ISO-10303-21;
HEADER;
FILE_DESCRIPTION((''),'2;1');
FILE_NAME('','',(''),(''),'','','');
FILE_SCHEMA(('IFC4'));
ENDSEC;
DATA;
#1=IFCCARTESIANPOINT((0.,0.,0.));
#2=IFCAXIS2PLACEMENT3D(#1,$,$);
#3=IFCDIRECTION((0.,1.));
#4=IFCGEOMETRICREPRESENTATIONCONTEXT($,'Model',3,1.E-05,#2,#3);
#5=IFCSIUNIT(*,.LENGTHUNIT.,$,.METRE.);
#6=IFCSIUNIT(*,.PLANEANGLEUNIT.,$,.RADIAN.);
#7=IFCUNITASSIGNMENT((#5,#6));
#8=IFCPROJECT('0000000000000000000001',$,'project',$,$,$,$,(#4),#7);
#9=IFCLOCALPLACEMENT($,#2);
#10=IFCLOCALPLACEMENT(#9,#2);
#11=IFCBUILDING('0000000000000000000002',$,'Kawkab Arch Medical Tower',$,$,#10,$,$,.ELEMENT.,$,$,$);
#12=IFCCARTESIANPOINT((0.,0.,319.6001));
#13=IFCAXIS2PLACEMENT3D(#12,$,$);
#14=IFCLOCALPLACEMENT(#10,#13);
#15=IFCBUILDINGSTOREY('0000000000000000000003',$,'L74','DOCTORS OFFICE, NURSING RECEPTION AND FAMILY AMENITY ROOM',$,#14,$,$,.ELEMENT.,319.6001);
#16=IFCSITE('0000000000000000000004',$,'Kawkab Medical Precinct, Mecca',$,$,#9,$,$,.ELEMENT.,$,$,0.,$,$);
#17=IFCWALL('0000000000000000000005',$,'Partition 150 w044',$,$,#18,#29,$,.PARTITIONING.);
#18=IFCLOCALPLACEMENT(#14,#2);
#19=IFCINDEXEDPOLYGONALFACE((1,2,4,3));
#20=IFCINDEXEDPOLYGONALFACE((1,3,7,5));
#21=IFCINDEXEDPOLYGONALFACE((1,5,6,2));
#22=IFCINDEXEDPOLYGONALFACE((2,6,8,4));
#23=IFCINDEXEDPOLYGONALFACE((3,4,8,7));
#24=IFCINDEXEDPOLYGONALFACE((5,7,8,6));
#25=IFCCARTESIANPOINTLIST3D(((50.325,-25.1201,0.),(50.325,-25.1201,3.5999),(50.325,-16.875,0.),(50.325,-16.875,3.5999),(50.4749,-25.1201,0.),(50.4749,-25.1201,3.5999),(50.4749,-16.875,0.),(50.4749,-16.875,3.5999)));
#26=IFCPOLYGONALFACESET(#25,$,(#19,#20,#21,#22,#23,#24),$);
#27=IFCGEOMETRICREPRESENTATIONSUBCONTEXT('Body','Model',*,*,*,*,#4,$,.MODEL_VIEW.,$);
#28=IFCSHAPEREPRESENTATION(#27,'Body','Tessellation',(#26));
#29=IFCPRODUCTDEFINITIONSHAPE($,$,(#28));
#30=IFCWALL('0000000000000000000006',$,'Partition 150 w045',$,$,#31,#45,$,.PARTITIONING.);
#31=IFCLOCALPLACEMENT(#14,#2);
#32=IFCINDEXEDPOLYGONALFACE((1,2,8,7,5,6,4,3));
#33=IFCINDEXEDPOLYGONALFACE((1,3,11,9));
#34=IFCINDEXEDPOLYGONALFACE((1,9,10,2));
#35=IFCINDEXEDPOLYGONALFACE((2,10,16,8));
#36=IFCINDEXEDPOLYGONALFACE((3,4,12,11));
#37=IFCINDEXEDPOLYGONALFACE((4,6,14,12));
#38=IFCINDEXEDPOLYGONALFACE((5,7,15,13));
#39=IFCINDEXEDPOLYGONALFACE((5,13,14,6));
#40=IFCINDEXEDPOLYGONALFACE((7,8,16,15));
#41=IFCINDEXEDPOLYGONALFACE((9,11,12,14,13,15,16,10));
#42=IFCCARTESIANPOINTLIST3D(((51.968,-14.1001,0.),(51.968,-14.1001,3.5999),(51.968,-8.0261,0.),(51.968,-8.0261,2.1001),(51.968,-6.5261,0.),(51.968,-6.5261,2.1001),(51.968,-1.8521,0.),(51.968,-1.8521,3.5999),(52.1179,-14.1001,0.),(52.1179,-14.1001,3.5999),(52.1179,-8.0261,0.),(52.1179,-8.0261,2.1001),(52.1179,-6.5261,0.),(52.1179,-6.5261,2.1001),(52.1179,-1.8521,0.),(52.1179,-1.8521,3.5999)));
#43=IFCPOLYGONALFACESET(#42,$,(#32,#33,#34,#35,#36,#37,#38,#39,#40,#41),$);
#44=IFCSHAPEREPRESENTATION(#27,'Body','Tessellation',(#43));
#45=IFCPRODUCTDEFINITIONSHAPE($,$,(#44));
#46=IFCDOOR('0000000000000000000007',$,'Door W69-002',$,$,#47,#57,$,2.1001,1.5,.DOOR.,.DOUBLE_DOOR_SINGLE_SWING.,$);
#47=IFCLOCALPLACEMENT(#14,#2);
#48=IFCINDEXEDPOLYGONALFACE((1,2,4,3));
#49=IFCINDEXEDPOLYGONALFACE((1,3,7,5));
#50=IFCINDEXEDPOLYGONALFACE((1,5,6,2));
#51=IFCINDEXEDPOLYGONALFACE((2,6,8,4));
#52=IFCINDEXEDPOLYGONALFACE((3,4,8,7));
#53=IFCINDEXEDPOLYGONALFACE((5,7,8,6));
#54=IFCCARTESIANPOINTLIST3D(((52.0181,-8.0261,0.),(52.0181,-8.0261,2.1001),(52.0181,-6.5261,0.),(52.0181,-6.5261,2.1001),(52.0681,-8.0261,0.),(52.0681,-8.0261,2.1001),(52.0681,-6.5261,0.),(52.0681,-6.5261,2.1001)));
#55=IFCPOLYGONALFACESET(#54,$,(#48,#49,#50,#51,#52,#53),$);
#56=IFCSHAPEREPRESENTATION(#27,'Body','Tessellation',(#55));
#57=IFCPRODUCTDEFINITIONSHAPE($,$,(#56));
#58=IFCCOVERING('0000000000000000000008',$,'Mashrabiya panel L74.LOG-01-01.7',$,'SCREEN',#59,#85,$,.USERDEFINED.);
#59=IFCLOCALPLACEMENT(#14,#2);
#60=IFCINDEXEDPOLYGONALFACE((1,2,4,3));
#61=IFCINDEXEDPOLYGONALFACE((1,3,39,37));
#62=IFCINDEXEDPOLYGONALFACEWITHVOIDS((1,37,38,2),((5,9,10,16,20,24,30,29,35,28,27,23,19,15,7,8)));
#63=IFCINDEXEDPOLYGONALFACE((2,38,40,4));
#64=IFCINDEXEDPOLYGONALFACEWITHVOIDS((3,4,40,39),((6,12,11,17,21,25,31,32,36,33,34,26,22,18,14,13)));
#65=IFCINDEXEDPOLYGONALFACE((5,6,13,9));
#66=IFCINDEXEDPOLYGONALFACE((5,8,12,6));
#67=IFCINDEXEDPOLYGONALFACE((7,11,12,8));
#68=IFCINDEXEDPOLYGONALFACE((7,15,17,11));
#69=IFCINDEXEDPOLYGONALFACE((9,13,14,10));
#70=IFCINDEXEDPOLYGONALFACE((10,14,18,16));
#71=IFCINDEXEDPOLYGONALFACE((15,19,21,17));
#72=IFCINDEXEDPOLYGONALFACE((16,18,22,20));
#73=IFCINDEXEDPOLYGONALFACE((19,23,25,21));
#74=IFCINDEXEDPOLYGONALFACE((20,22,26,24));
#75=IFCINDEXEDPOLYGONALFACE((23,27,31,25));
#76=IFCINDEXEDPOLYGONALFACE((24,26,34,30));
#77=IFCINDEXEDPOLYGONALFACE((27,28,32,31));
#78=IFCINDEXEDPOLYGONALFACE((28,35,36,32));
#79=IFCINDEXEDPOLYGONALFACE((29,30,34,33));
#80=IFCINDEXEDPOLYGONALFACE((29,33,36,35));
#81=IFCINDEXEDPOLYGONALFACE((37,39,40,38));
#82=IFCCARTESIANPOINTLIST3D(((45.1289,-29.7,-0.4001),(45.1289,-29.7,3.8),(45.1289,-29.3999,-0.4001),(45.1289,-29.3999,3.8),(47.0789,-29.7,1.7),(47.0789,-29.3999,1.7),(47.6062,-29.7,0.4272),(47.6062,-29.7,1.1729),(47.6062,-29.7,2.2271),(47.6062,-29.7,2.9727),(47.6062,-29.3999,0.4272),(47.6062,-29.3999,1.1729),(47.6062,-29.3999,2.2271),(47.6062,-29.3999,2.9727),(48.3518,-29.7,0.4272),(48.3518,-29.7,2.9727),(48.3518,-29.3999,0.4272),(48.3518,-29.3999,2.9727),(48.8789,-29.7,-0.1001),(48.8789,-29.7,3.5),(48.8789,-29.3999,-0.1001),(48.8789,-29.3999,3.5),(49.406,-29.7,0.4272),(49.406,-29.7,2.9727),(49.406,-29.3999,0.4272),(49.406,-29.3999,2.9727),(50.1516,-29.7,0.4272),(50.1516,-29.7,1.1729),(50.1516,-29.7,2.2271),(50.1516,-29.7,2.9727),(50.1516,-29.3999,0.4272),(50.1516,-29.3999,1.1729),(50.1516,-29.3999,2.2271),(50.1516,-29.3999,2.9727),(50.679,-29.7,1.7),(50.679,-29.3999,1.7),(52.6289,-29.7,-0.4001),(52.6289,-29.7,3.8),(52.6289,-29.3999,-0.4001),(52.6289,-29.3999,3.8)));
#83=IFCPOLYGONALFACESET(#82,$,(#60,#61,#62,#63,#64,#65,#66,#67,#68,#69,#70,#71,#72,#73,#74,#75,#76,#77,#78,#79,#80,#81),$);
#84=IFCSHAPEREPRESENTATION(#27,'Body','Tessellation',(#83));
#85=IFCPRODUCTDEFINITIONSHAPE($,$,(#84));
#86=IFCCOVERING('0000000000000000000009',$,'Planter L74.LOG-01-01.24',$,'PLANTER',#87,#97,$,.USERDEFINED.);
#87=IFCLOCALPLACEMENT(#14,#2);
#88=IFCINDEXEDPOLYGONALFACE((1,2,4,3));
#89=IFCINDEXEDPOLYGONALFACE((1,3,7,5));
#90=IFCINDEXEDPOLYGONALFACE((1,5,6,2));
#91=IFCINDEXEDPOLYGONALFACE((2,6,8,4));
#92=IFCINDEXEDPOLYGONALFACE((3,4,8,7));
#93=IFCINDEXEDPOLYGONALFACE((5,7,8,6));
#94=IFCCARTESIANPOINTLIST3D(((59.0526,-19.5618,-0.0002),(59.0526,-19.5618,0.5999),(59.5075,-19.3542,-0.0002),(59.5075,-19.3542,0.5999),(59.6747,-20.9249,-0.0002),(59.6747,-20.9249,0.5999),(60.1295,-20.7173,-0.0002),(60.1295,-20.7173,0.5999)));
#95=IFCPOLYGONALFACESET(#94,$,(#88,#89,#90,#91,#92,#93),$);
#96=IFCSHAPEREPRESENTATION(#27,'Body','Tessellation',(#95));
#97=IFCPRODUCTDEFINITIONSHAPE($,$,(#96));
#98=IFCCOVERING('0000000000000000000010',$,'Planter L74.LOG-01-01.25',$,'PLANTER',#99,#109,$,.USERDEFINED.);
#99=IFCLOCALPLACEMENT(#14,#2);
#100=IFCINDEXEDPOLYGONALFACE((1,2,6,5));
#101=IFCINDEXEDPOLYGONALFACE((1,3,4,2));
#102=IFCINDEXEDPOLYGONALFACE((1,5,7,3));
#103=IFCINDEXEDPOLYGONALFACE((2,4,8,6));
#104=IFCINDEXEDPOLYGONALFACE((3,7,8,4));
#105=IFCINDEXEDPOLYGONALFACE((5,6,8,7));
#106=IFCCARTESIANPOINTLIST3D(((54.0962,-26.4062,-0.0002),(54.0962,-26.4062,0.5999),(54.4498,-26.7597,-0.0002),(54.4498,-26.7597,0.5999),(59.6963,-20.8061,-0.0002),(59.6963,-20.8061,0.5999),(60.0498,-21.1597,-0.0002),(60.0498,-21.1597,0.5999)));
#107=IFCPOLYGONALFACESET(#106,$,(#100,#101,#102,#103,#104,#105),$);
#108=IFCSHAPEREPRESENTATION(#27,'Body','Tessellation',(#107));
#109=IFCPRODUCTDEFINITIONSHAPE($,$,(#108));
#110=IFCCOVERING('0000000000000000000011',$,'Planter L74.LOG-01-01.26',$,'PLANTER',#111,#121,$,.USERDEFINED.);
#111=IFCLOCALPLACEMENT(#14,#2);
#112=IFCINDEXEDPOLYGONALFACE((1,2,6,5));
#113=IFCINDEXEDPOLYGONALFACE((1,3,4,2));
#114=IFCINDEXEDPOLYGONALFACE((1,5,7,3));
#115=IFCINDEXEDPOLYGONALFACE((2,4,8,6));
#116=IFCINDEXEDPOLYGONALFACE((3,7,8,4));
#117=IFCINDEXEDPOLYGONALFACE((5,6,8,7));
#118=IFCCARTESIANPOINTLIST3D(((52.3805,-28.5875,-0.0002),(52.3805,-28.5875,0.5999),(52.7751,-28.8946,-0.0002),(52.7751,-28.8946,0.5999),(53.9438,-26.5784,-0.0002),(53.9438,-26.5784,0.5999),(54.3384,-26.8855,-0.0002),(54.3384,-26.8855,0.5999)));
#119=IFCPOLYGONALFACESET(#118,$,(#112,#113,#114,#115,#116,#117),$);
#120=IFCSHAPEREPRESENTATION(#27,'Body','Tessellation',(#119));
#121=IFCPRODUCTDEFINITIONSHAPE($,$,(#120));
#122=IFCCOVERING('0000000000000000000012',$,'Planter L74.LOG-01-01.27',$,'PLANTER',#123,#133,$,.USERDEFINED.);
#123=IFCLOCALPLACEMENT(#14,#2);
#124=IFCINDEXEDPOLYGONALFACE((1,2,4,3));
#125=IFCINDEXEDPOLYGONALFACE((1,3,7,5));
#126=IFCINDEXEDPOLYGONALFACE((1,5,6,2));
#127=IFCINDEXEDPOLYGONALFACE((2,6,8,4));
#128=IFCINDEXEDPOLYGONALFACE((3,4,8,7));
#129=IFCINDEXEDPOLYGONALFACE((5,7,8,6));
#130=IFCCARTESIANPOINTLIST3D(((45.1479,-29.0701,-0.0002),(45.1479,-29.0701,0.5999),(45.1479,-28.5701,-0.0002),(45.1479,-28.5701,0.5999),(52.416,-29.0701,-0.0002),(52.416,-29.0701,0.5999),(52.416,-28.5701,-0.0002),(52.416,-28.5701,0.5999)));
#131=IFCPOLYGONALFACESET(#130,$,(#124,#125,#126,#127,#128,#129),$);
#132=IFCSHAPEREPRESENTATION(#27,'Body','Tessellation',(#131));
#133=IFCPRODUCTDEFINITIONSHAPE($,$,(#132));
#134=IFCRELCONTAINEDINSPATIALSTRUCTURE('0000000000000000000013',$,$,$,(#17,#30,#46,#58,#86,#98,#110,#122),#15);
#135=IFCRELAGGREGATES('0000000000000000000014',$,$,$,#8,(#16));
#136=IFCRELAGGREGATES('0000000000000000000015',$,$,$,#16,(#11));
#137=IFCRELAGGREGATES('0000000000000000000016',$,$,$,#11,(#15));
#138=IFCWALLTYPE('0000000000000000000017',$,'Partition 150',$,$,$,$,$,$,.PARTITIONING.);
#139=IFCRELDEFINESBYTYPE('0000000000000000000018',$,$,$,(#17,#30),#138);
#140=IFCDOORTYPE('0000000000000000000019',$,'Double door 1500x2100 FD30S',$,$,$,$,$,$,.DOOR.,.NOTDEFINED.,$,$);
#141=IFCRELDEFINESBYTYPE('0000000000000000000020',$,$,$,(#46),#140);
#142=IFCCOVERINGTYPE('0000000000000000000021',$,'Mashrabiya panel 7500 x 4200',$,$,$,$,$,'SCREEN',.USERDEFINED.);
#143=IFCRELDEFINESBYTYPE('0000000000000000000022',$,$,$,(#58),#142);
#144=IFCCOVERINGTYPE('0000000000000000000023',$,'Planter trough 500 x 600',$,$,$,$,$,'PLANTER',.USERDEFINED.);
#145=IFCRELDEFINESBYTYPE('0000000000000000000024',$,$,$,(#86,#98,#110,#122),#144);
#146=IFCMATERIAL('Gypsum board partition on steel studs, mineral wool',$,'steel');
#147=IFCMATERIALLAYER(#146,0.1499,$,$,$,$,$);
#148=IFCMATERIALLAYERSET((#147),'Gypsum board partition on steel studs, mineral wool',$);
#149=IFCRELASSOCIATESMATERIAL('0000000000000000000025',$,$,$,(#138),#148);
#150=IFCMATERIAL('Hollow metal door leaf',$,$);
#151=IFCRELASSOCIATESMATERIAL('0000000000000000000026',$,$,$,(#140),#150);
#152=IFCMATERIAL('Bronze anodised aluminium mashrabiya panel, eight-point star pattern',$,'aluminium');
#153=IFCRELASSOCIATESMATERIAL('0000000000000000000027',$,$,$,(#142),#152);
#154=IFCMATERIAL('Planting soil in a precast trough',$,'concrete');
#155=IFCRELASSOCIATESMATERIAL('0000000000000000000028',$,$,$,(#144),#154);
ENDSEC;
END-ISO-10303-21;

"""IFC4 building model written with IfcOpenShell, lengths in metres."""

from ifc_helpers import new_model, si_unit, direction, frame, frame_2d, origin, origin_2d, place, context, subcontext, project, spatial, polyline, rectangle, outline, extrude, material, layer, layer_set, material_profile, profile_set, type_object, element, fill, save


model = new_model("IFC4")

# Units and contexts
model_context = context("Model", 3, precision=1e-05, world=origin(), true_north=direction((0.0, 1.0)))
body_context = subcontext(model_context, "Body", "Model", "MODEL_VIEW")
ifc_project = project(units=[si_unit("LENGTHUNIT", "METRE"), si_unit("PLANEANGLEUNIT", "RADIAN")], contexts=[model_context])

# Site, building, storey
site_placement = place(None, origin())
site = spatial("IfcSite", under=ifc_project, at=site_placement, Name="Kawkab Medical Precinct, Mecca", CompositionType="ELEMENT", RefElevation=0.0)
building_placement = place(site_placement, origin())
building = spatial("IfcBuilding", under=site, at=building_placement, Name="Kawkab Arch Medical Tower", CompositionType="ELEMENT")
storey_placement = place(building_placement, frame((0.0, 0.0, 319.6001)))
storey = spatial("IfcBuildingStorey", under=building, at=storey_placement, Name="L74", Description="DOCTORS OFFICE, NURSING RECEPTION AND FAMILY AMENITY ROOM", CompositionType="ELEMENT", Elevation=319.6001)

# Wall
ifc_material_1 = material(Name="Gypsum board partition on steel studs, mineral wool", Category="steel")
ifc_layer_1 = layer(ifc_material_1, 0.1499)
ifc_layer_set_1 = layer_set([ifc_layer_1], Name="Gypsum board partition on steel studs, mineral wool")
wall_type = type_object("IfcWallType", Name="Partition 150", PredefinedType="PARTITIONING", material=ifc_layer_set_1)
wall_1_placement = place(storey_placement, frame((50.3999, -25.1201, 0.0), z_axis=(0.0, 0.0, 1.0), x_axis=(0.0, 1.0, 0.0)))
element("IfcWall", 1, at=wall_1_placement, inside=storey, type_object=wall_type, Name="Partition 150 w044", PredefinedType="PARTITIONING", context=body_context, shape_type="SweptSolid", body=[
    extrude(rectangle(XDim=8.2451, YDim=0.1499, at=frame_2d((4.1226, 0.0))), origin(), (0.0, 0.0, 1.0), 3.5999),
])

# Wall, opening, door
wall_2_placement = place(storey_placement, frame((52.043, -14.1001, 0.0), z_axis=(0.0, 0.0, 1.0), x_axis=(0.0, 1.0, 0.0)))
wall_2 = element("IfcWall", 2, at=wall_2_placement, inside=storey, type_object=wall_type, Name="Partition 150 w045", PredefinedType="PARTITIONING", context=body_context, shape_type="SweptSolid", body=[
    extrude(rectangle(XDim=12.248, YDim=0.1499, at=frame_2d((6.124, 0.0))), origin(), (0.0, 0.0, 1.0), 3.5999),
])
opening_placement = place(wall_2_placement, frame((6.074, 0.0, 0.0)))
opening = element("IfcOpeningElement", 3, at=opening_placement, cuts=wall_2, PredefinedType="OPENING", context=body_context, shape_type="SweptSolid", body=[
    extrude(rectangle(XDim=1.5, YDim=2.1001, at=frame_2d((0.75, 1.05))), frame((0.0, 0.085, 0.0), z_axis=(0.0, -1.0, 0.0), x_axis=(1.0, 0.0, 0.0)), (0.0, 0.0, 1.0), 0.1699),
])
ifc_material_2 = material(Name="Hollow metal door leaf")
door_type = type_object("IfcDoorType", Name="Double door 1500x2100 FD30S", OperationType="NOTDEFINED", PredefinedType="DOOR", material=ifc_material_2)
door_placement = place(opening_placement, origin())
door = element("IfcDoor", 4, at=door_placement, inside=storey, type_object=door_type, Name="Door W69-002", OperationType="DOUBLE_DOOR_SINGLE_SWING", OverallHeight=2.1001, OverallWidth=1.5, PredefinedType="DOOR", context=body_context, shape_type="SweptSolid", body=[
    extrude(rectangle(XDim=1.5, YDim=2.1001, at=frame_2d((0.75, 1.05))), frame((0.0, 0.0249, 0.0), z_axis=(0.0, -1.0, 0.0), x_axis=(1.0, 0.0, 0.0)), (0.0, 0.0, 1.0), 0.05),
])
fill(opening, door)

# Coverings
ifc_material_3 = material(Name="Bronze anodised aluminium mashrabiya panel, eight-point star pattern", Category="aluminium")
ifc_material_profile_1 = material_profile(ifc_material_3, outline(polyline([(-3.75, -2.1001), (3.75, -2.1001), (3.75, 2.1001), (-3.75, 2.1001), (-3.75, -2.1001)]), holes=[polyline([(1.8, 0.0), (1.2727, 0.5271), (1.2727, 1.2727), (0.5271, 1.2727), (0.0, 1.8), (-0.5271, 1.2727), (-1.2727, 1.2727), (-1.2727, 0.5271), (-1.8, 0.0), (-1.2727, -0.5271), (-1.2727, -1.2727), (-0.5271, -1.2727), (0.0, -1.8), (0.5271, -1.2727), (1.2727, -1.2727), (1.2727, -0.5271), (1.8, 0.0)])]), Name="Mashrabiya panel 7500x4200")
ifc_profile_set_1 = profile_set([ifc_material_profile_1], Name="Bronze anodised aluminium mashrabiya panel, eight-point star pattern")
covering_type_1 = type_object("IfcCoveringType", Name="Mashrabiya panel 7500 x 4200", ElementType="SCREEN", PredefinedType="USERDEFINED", material=ifc_profile_set_1)
covering_1_placement = place(storey_placement, frame((48.8789, -29.3999, 1.7), z_axis=(0.0, -1.0, 0.0), x_axis=(1.0, 0.0, 0.0)))
element("IfcCovering", 5, at=covering_1_placement, inside=storey, type_object=covering_type_1, Name="Mashrabiya panel L74.LOG-01-01.7", ObjectType="SCREEN", PredefinedType="USERDEFINED", context=body_context, shape_type="SweptSolid", body=[
    extrude(outline(polyline([(-3.75, -2.1001), (3.75, -2.1001), (3.75, 2.1001), (-3.75, 2.1001), (-3.75, -2.1001)]), holes=[polyline([(1.8, 0.0), (1.2727, 0.5271), (1.2727, 1.2727), (0.5271, 1.2727), (0.0, 1.8), (-0.5271, 1.2727), (-1.2727, 1.2727), (-1.2727, 0.5271), (-1.8, 0.0), (-1.2727, -0.5271), (-1.2727, -1.2727), (-0.5271, -1.2727), (0.0, -1.8), (0.5271, -1.2727), (1.2727, -1.2727), (1.2727, -0.5271), (1.8, 0.0)])]), origin(), (0.0, 0.0, 1.0), 0.3),
])
ifc_material_4 = material(Name="Planting soil in a precast trough", Category="concrete")
ifc_material_profile_2 = material_profile(ifc_material_4, rectangle(XDim=0.5, YDim=0.6001, at=origin_2d()), Name="Trough 500x600")
ifc_profile_set_2 = profile_set([ifc_material_profile_2], Name="Planting soil in a precast trough")
covering_type_2 = type_object("IfcCoveringType", Name="Planter trough 500 x 600", ElementType="PLANTER", PredefinedType="USERDEFINED", material=ifc_profile_set_2)
covering_2_placement = place(storey_placement, frame((59.28, -19.458, 0.2998), z_axis=(0.41519, -0.909735, 0.0), x_axis=(0.909735, 0.41519, 0.0)))
element("IfcCovering", 6, at=covering_2_placement, inside=storey, type_object=covering_type_2, Name="Planter L74.LOG-01-01.24", ObjectType="PLANTER", PredefinedType="USERDEFINED", context=body_context, shape_type="SweptSolid", body=[
    extrude(rectangle(XDim=0.5, YDim=0.6001, at=origin_2d()), origin(), (0.0, 0.0, 1.0), 1.4983),
])
covering_3_placement = place(storey_placement, frame((59.873, -20.9829, 0.2998), z_axis=(-0.707107, -0.707107, 0.0), x_axis=(0.707107, -0.707107, 0.0)))
element("IfcCovering", 7, at=covering_3_placement, inside=storey, type_object=covering_type_2, Name="Planter L74.LOG-01-01.25", ObjectType="PLANTER", PredefinedType="USERDEFINED", context=body_context, shape_type="SweptSolid", body=[
    extrude(rectangle(XDim=0.5, YDim=0.6001, at=origin_2d()), origin(), (0.0, 0.0, 1.0), 7.9197),
])
covering_4_placement = place(storey_placement, frame((54.1411, -26.7319, 0.2998), z_axis=(-0.6141, -0.789228, 0.0), x_axis=(0.789228, -0.6141, 0.0)))
element("IfcCovering", 8, at=covering_4_placement, inside=storey, type_object=covering_type_2, Name="Planter L74.LOG-01-01.26", ObjectType="PLANTER", PredefinedType="USERDEFINED", context=body_context, shape_type="SweptSolid", body=[
    extrude(rectangle(XDim=0.5, YDim=0.6001, at=origin_2d()), origin(), (0.0, 0.0, 1.0), 2.5457),
])
covering_5_placement = place(storey_placement, frame((52.416, -28.8201, 0.2998), z_axis=(-1.0, 0.0, 0.0), x_axis=(0.0, -1.0, 0.0)))
element("IfcCovering", 9, at=covering_5_placement, inside=storey, type_object=covering_type_2, Name="Planter L74.LOG-01-01.27", ObjectType="PLANTER", PredefinedType="USERDEFINED", context=body_context, shape_type="SweptSolid", body=[
    extrude(rectangle(XDim=0.5, YDim=0.6001, at=origin_2d()), origin(), (0.0, 0.0, 1.0), 7.2681),
])

save(model, "model.ifc")
